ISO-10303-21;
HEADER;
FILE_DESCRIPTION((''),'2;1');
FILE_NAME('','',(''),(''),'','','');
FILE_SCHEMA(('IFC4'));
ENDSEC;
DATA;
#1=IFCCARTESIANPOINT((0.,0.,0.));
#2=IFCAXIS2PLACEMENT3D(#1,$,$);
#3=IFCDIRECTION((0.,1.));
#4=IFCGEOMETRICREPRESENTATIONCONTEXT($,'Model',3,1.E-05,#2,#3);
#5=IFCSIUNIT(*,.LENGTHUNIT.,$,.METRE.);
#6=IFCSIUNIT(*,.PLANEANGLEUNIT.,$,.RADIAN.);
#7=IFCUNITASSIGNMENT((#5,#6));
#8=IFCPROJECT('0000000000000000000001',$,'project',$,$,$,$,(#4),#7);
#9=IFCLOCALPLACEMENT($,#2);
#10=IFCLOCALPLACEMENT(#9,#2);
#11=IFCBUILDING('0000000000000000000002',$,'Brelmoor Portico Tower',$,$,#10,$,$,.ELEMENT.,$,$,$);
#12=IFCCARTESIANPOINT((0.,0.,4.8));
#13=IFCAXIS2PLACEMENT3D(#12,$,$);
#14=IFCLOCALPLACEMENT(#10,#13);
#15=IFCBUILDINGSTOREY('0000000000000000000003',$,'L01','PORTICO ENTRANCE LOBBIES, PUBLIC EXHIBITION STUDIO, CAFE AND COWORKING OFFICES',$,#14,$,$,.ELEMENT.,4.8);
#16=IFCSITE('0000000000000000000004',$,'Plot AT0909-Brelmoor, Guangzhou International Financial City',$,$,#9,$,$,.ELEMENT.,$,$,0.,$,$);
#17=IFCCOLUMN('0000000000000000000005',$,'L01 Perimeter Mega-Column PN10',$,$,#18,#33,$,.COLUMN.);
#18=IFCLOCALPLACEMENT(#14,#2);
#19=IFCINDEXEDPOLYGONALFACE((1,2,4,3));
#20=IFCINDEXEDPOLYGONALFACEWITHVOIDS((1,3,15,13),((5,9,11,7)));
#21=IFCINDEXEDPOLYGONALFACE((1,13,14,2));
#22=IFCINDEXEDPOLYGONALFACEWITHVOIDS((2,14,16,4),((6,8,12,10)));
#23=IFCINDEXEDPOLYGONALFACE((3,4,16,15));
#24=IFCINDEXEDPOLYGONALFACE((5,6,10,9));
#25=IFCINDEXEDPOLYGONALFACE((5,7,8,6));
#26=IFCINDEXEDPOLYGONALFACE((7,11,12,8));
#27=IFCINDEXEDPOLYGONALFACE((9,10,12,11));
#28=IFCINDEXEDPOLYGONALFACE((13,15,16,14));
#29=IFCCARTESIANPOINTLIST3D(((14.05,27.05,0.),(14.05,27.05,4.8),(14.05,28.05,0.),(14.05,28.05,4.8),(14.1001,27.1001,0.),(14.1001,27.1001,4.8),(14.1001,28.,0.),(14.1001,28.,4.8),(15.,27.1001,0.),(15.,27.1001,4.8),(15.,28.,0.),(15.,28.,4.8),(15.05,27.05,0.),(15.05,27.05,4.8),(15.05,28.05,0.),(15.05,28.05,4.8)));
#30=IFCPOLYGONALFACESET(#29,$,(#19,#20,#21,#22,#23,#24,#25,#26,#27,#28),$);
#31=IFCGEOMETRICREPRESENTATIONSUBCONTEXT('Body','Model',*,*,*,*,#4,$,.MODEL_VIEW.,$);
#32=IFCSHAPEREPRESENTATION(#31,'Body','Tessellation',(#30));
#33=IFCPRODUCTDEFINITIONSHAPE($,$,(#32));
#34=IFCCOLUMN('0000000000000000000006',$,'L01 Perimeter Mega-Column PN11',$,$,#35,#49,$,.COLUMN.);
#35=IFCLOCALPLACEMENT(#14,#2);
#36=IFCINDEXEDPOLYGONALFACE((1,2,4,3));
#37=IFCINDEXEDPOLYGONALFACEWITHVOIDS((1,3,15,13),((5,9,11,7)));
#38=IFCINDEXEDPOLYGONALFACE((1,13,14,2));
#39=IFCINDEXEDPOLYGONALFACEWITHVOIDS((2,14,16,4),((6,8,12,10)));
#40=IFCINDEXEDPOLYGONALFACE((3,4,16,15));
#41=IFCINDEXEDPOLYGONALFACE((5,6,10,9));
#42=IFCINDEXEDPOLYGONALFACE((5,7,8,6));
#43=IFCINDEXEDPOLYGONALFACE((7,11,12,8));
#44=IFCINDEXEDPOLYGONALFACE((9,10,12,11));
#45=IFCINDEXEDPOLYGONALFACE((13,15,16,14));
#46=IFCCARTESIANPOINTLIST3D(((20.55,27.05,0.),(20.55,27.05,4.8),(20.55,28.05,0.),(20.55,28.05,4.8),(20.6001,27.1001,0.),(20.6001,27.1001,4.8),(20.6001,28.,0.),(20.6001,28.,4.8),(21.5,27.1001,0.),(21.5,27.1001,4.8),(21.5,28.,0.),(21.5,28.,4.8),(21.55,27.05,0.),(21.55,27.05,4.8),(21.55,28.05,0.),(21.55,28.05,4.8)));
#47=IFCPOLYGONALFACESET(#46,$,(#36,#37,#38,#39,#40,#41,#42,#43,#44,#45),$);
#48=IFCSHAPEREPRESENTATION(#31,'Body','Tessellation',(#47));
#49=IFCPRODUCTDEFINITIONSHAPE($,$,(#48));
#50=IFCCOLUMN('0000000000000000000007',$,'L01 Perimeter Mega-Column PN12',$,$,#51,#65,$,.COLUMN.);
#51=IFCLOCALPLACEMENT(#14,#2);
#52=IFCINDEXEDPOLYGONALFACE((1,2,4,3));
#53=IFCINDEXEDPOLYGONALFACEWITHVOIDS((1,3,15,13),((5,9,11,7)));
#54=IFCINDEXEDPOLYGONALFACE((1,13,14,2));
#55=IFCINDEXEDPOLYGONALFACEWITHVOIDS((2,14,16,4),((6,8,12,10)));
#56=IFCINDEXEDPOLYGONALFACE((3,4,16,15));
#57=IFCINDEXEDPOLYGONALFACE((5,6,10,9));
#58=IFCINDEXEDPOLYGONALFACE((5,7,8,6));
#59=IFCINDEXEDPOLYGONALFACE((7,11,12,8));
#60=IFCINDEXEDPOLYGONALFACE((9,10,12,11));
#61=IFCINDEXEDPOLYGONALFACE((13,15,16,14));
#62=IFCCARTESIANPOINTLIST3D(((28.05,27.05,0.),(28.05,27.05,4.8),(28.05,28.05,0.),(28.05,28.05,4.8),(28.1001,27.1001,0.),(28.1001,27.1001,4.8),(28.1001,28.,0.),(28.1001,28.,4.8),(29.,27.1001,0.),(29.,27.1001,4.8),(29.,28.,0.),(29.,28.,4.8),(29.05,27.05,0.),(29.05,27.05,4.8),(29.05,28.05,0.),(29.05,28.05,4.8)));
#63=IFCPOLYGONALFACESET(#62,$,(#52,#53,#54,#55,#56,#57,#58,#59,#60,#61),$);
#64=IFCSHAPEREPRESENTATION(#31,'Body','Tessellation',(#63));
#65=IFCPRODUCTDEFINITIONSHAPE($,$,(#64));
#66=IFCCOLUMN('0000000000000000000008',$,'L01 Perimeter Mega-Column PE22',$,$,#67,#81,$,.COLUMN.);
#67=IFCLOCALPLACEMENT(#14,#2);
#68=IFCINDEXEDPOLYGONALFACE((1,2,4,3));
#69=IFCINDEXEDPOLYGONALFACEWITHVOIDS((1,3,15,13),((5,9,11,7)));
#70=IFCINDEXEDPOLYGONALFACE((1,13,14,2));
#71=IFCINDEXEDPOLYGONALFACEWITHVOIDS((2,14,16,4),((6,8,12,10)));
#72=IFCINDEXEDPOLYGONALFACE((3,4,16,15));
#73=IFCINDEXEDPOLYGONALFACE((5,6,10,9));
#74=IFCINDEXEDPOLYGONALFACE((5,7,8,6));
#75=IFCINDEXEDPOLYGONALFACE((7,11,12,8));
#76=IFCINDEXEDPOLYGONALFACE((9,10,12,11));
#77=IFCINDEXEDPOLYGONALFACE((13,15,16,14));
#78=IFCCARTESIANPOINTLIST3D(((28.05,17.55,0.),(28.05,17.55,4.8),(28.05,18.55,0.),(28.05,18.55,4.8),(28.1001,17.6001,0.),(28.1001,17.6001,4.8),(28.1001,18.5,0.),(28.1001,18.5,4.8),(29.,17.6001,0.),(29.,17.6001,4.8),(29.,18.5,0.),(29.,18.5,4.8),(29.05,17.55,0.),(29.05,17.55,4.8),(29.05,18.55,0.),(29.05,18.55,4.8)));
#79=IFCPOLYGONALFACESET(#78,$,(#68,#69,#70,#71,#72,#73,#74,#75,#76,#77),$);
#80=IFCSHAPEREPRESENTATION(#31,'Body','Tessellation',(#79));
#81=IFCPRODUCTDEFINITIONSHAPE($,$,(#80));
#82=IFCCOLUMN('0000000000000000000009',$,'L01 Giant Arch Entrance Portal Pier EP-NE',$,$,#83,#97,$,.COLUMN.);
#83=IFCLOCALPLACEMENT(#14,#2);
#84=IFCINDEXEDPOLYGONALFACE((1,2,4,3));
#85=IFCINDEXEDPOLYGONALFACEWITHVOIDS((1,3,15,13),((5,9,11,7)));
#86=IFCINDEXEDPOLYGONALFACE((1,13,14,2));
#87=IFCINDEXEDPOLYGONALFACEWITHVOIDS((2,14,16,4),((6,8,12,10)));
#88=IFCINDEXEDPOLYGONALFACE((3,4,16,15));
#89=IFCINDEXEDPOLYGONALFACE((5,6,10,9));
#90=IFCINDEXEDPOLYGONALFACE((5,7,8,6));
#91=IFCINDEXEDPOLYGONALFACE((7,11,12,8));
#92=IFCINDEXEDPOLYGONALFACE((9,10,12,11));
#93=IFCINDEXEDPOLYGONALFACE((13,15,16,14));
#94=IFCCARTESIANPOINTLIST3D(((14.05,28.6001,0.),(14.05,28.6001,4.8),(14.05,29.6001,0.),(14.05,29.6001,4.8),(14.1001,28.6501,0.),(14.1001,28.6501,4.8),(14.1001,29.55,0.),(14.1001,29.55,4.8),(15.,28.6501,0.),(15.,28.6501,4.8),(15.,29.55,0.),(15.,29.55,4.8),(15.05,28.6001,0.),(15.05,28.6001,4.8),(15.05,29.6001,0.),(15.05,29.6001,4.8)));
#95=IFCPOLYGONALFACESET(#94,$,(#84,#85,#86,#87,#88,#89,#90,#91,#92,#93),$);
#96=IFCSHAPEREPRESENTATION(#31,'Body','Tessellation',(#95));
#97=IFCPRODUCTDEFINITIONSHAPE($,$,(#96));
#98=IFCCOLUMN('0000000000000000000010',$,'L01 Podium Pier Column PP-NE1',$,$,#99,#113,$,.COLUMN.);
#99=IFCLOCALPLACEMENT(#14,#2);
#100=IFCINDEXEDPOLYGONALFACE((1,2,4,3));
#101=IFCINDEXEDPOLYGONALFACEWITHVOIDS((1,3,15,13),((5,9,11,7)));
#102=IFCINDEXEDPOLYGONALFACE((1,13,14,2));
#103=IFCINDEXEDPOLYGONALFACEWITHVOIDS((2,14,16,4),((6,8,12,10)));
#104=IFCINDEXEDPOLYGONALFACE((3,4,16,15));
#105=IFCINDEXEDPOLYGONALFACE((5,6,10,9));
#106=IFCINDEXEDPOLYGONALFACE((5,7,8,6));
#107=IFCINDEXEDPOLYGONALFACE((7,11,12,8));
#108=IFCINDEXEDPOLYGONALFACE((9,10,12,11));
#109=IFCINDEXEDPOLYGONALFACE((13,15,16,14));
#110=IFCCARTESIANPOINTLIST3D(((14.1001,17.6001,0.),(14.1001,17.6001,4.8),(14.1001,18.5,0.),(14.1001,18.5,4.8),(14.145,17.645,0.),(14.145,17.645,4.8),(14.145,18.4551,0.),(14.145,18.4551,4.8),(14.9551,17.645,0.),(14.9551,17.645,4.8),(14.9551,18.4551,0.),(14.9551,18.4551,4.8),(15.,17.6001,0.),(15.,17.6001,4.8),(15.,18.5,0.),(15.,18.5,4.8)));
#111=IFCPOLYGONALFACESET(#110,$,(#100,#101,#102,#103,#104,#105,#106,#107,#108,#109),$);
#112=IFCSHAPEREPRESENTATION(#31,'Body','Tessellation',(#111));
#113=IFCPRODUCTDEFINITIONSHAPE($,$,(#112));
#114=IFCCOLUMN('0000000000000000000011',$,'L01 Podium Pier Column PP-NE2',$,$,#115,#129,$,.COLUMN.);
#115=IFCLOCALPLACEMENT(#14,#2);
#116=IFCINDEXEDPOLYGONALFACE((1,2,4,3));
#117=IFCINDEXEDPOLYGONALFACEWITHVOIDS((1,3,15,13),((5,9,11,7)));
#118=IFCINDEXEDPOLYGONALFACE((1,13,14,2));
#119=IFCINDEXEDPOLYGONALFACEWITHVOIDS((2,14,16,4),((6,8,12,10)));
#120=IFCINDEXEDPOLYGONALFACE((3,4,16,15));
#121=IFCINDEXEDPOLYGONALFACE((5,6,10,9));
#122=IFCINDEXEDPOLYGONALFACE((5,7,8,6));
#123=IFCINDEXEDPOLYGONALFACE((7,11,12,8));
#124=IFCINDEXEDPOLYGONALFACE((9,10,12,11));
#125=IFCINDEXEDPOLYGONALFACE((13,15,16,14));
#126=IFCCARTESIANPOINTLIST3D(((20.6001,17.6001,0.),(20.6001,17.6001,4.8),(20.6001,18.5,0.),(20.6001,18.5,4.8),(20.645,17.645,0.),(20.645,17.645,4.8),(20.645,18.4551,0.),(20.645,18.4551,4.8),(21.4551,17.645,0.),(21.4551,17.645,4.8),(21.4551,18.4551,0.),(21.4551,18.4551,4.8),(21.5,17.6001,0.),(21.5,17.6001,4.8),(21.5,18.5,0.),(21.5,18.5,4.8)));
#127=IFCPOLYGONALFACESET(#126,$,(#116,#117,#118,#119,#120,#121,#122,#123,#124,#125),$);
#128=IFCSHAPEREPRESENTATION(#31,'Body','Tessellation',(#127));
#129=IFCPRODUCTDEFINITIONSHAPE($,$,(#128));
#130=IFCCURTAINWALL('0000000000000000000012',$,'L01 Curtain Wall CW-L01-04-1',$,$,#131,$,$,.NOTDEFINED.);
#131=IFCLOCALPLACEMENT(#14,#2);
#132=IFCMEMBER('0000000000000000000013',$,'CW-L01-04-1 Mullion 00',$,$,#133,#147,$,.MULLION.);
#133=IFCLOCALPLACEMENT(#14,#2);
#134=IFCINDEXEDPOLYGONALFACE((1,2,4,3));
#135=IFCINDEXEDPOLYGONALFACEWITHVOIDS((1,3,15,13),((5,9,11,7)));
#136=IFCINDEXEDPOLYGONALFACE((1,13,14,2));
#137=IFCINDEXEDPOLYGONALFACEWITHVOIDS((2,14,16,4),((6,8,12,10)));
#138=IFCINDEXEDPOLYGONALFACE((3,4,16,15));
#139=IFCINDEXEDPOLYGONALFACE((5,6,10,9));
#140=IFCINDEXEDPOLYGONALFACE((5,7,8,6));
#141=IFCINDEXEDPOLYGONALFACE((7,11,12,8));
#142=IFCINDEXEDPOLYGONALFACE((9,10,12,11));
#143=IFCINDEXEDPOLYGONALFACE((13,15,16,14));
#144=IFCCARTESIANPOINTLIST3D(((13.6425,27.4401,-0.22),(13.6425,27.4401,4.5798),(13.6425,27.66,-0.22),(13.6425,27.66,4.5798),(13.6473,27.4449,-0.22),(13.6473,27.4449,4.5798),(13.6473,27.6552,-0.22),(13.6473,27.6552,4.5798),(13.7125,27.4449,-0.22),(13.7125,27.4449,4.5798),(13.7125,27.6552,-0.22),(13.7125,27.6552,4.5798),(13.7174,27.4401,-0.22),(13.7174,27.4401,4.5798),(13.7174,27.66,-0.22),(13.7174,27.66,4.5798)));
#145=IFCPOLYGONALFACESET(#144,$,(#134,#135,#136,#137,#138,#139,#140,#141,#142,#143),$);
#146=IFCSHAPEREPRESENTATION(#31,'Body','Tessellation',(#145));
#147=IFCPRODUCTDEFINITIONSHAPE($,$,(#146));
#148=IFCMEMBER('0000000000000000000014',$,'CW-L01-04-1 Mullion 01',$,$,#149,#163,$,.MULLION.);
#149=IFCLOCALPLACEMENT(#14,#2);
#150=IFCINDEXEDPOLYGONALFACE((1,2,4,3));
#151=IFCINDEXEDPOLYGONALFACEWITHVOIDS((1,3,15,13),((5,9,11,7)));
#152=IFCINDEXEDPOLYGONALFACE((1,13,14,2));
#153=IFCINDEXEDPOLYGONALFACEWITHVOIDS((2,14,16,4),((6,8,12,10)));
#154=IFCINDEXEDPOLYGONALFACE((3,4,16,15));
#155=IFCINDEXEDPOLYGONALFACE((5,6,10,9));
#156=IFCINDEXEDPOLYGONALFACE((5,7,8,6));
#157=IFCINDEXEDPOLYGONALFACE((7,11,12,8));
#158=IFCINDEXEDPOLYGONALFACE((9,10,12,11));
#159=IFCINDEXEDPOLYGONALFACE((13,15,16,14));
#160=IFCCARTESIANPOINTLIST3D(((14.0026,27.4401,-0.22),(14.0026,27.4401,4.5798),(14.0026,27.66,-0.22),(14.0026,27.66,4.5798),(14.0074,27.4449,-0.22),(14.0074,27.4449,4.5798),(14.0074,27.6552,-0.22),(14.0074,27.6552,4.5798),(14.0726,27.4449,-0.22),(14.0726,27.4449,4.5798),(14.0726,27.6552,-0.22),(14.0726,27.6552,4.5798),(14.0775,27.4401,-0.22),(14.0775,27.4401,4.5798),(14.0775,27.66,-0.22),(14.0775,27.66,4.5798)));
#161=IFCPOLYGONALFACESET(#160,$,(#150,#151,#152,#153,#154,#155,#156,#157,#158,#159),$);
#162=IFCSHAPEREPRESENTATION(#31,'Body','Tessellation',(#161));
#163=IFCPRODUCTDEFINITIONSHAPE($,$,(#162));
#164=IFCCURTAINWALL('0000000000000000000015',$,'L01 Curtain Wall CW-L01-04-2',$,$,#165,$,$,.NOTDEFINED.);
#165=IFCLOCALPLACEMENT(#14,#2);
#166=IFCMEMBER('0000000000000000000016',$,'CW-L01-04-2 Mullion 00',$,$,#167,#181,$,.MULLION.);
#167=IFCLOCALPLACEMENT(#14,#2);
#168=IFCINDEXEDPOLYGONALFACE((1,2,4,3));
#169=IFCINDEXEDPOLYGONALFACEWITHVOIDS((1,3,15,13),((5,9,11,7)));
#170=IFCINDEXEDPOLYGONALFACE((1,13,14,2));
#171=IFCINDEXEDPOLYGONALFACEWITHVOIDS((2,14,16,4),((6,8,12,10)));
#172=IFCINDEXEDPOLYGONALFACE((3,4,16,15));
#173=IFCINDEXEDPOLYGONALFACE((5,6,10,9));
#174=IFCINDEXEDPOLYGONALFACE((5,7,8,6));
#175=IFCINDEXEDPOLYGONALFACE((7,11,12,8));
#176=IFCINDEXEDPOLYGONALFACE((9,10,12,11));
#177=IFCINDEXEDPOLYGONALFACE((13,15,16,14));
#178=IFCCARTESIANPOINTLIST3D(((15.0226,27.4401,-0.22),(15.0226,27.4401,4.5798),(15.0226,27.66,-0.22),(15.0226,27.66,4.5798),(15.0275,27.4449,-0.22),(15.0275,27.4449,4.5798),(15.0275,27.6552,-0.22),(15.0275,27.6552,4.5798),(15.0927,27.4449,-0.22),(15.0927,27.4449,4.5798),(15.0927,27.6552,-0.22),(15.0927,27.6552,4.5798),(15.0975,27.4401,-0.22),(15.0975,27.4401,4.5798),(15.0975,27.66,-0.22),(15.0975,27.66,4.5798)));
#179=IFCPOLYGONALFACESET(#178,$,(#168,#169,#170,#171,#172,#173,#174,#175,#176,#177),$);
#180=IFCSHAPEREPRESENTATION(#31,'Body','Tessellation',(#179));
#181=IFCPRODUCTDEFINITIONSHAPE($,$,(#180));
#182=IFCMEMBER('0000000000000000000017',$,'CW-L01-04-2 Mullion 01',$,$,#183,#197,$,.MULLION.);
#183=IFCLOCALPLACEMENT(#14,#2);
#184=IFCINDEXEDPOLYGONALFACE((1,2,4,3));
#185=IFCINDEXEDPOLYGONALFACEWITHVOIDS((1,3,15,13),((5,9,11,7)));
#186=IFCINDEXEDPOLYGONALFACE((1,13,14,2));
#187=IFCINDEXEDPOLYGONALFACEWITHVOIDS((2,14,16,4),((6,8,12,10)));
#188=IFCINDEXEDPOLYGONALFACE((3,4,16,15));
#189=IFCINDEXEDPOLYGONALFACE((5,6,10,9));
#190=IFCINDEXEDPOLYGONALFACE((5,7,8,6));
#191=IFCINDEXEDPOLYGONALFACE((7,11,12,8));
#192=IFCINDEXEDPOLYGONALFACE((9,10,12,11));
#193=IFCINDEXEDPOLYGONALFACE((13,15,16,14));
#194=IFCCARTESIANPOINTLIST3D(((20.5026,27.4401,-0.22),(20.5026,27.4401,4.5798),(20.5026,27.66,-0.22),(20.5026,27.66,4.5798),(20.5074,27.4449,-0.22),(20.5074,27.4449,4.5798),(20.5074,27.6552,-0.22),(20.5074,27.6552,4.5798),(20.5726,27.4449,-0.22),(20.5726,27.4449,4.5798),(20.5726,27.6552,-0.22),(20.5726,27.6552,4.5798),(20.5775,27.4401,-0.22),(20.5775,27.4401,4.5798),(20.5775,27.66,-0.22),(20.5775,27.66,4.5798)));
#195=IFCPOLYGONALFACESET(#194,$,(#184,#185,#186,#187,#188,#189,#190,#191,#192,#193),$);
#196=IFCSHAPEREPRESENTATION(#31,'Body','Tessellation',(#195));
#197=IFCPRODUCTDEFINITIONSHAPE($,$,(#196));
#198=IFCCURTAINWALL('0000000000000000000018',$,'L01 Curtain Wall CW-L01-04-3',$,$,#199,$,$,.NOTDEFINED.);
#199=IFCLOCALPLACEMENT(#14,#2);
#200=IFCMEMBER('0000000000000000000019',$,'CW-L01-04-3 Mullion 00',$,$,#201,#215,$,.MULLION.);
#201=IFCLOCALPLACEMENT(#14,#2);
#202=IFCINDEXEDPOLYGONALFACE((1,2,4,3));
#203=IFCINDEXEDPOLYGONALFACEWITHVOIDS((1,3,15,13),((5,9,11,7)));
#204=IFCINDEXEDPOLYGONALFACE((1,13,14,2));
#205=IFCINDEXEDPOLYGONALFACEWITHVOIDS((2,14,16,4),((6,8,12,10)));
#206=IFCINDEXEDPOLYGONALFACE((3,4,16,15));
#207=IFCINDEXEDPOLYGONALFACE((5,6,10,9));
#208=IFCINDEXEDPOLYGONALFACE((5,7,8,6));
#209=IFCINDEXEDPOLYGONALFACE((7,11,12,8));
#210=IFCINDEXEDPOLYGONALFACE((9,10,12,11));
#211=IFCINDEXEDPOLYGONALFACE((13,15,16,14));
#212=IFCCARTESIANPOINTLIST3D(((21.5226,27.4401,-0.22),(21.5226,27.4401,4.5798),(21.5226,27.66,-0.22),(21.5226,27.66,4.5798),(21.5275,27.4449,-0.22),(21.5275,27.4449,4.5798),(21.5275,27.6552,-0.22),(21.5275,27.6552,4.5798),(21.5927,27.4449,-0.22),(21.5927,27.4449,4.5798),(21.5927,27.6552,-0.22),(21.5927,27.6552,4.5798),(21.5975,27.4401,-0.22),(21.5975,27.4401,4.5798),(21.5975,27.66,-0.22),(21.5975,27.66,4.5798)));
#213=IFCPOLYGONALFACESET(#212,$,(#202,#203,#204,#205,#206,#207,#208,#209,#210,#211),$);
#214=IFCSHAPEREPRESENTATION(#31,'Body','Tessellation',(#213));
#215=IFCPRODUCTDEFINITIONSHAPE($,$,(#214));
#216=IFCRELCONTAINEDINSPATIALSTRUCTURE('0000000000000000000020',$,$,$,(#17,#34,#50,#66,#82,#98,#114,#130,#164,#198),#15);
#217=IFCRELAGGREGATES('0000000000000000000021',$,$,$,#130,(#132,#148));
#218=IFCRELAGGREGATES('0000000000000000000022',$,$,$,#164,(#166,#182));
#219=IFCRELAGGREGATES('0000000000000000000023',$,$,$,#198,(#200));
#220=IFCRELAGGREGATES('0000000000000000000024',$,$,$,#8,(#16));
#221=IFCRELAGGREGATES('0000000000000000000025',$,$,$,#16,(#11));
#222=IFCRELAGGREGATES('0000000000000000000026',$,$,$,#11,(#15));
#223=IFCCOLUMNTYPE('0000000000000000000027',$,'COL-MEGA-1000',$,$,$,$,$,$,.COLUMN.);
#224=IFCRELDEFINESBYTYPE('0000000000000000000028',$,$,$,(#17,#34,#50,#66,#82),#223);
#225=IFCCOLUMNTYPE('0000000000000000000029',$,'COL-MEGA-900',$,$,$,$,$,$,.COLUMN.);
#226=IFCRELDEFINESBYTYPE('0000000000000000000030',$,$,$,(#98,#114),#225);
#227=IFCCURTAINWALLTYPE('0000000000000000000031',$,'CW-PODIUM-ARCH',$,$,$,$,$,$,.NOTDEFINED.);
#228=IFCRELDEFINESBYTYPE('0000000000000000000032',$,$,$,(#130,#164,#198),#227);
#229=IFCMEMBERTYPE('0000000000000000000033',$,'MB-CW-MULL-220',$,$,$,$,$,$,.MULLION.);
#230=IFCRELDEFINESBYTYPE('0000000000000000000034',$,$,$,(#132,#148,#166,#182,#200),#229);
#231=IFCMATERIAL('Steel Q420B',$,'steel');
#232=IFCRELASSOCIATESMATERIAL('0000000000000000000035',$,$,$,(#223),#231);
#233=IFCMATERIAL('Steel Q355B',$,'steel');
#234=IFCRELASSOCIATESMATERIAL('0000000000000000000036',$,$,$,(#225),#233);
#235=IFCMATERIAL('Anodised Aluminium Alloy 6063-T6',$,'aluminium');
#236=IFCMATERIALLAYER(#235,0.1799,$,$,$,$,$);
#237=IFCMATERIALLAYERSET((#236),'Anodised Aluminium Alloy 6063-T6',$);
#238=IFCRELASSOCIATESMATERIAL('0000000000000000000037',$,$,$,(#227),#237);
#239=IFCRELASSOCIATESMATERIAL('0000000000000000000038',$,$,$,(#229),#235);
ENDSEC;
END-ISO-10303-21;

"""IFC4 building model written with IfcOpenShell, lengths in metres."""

from ifc_helpers import new_model, si_unit, direction, frame, origin, origin_2d, place, context, subcontext, project, spatial, hollow_rectangle, extrude, material, layer, layer_set, material_profile, profile_set, type_object, element, aggregate, save


model = new_model("IFC4")

# Units and contexts
model_context = context("Model", 3, precision=1e-05, world=origin(), true_north=direction((0.0, 1.0)))
body_context = subcontext(model_context, "Body", "Model", "MODEL_VIEW")
ifc_project = project(units=[si_unit("LENGTHUNIT", "METRE"), si_unit("PLANEANGLEUNIT", "RADIAN")], contexts=[model_context])

# Site, building, storey
site_placement = place(None, origin())
site = spatial("IfcSite", under=ifc_project, at=site_placement, Name="Plot AT0909-Brelmoor, Guangzhou International Financial City", CompositionType="ELEMENT", RefElevation=0.0)
building_placement = place(site_placement, origin())
building = spatial("IfcBuilding", under=site, at=building_placement, Name="Brelmoor Portico Tower", CompositionType="ELEMENT")
storey_placement = place(building_placement, frame((0.0, 0.0, 4.8)))
storey = spatial("IfcBuildingStorey", under=building, at=storey_placement, Name="L01", Description="PORTICO ENTRANCE LOBBIES, PUBLIC EXHIBITION STUDIO, CAFE AND COWORKING OFFICES", CompositionType="ELEMENT", Elevation=4.8)

# Columns
ifc_material_1 = material(Name="Steel Q420B", Category="steel")
ifc_material_profile_1 = material_profile(ifc_material_1, hollow_rectangle(XDim=1.0, YDim=1.0, WallThickness=0.05, at=origin_2d()), Name="BOX 1000x1000x50")
ifc_profile_set_1 = profile_set([ifc_material_profile_1], Name="Steel Q420B")
column_type_1 = type_object("IfcColumnType", Name="COL-MEGA-1000", PredefinedType="COLUMN", material=ifc_profile_set_1)
for number, where, z_axis, x_axis, name in (
    (1, (14.55, 27.55, 0.0), (0.0, 0.0, 1.0), (1.0, 0.0, 0.0), "L01 Perimeter Mega-Column PN10"),
    (2, (21.05, 27.55, 0.0), (0.0, 0.0, 1.0), (1.0, 0.0, 0.0), "L01 Perimeter Mega-Column PN11"),
    (3, (28.55, 27.55, 0.0), (0.0, 0.0, 1.0), (1.0, 0.0, 0.0), "L01 Perimeter Mega-Column PN12"),
    (4, (28.55, 18.05, 0.0), (0.0, 0.0, 1.0), (0.0, 1.0, 0.0), "L01 Perimeter Mega-Column PE22"),
    (5, (14.55, 29.1001, 0.0), (0.0, 0.0, 1.0), (1.0, 0.0, 0.0), "L01 Giant Arch Entrance Portal Pier EP-NE"),
):
    element("IfcColumn", number, at=place(storey_placement, frame(where, z_axis=z_axis, x_axis=x_axis)), inside=storey, type_object=column_type_1, Name=name, PredefinedType="COLUMN", context=body_context, shape_type="SweptSolid", body=[
        extrude(hollow_rectangle(XDim=1.0, YDim=1.0, WallThickness=0.05, at=origin_2d()), origin(), (0.0, 0.0, 1.0), 4.8),
    ])
ifc_material_2 = material(Name="Steel Q355B", Category="steel")
ifc_material_profile_2 = material_profile(ifc_material_2, hollow_rectangle(XDim=0.8999, YDim=0.8999, WallThickness=0.0449, at=origin_2d()), Name="BOX 900x900x45")
ifc_profile_set_2 = profile_set([ifc_material_profile_2], Name="Steel Q355B")
column_type_2 = type_object("IfcColumnType", Name="COL-MEGA-900", PredefinedType="COLUMN", material=ifc_profile_set_2)
for number, where, z_axis, x_axis, name in (
    (6, (14.55, 18.05, 0.0), (0.0, 0.0, 1.0), (1.0, 0.0, 0.0), "L01 Podium Pier Column PP-NE1"),
    (7, (21.05, 18.05, 0.0), (0.0, 0.0, 1.0), (1.0, 0.0, 0.0), "L01 Podium Pier Column PP-NE2"),
):
    element("IfcColumn", number, at=place(storey_placement, frame(where, z_axis=z_axis, x_axis=x_axis)), inside=storey, type_object=column_type_2, Name=name, PredefinedType="COLUMN", context=body_context, shape_type="SweptSolid", body=[
        extrude(hollow_rectangle(XDim=0.8999, YDim=0.8999, WallThickness=0.0449, at=origin_2d()), origin(), (0.0, 0.0, 1.0), 4.8),
    ])

# Curtain walls, members
ifc_material_3 = material(Name="Anodised Aluminium Alloy 6063-T6", Category="aluminium")
ifc_layer_1 = layer(ifc_material_3, 0.1799)
ifc_layer_set_1 = layer_set([ifc_layer_1], Name="Anodised Aluminium Alloy 6063-T6")
curtain_wall_type = type_object("IfcCurtainWallType", Name="CW-PODIUM-ARCH", PredefinedType="NOTDEFINED", material=ifc_layer_set_1)
curtain_wall_1_placement = place(storey_placement, origin())
curtain_wall_1 = element("IfcCurtainWall", 8, at=curtain_wall_1_placement, inside=storey, type_object=curtain_wall_type, Name="L01 Curtain Wall CW-L01-04-1", PredefinedType="NOTDEFINED")
ifc_material_profile_3 = material_profile(ifc_material_3, hollow_rectangle(XDim=0.075, YDim=0.22, WallThickness=0.0049, at=origin_2d()), Name="ALU MULLION 75x220")
ifc_profile_set_3 = profile_set([ifc_material_profile_3], Name="Anodised Aluminium Alloy 6063-T6")
member_type = type_object("IfcMemberType", Name="MB-CW-MULL-220", PredefinedType="MULLION", material=ifc_profile_set_3)
member_1_placement = place(storey_placement, frame((13.6799, 27.55, -0.22), z_axis=(0.0, 0.0, 1.0), x_axis=(1.0, 0.0, 0.0)))
member_1 = element("IfcMember", 9, at=member_1_placement, type_object=member_type, Name="CW-L01-04-1 Mullion 00", PredefinedType="MULLION", context=body_context, shape_type="SweptSolid", body=[
    extrude(hollow_rectangle(XDim=0.075, YDim=0.22, WallThickness=0.0049, at=origin_2d()), origin(), (0.0, 0.0, 1.0), 4.7998),
])
member_2_placement = place(storey_placement, frame((14.04, 27.55, -0.22), z_axis=(0.0, 0.0, 1.0), x_axis=(1.0, 0.0, 0.0)))
member_2 = element("IfcMember", 10, at=member_2_placement, type_object=member_type, Name="CW-L01-04-1 Mullion 01", PredefinedType="MULLION", context=body_context, shape_type="SweptSolid", body=[
    extrude(hollow_rectangle(XDim=0.075, YDim=0.22, WallThickness=0.0049, at=origin_2d()), origin(), (0.0, 0.0, 1.0), 4.7998),
])
curtain_wall_2_placement = place(storey_placement, origin())
curtain_wall_2 = element("IfcCurtainWall", 11, at=curtain_wall_2_placement, inside=storey, type_object=curtain_wall_type, Name="L01 Curtain Wall CW-L01-04-2", PredefinedType="NOTDEFINED")
member_3_placement = place(storey_placement, frame((15.0601, 27.55, -0.22), z_axis=(0.0, 0.0, 1.0), x_axis=(1.0, 0.0, 0.0)))
member_3 = element("IfcMember", 12, at=member_3_placement, type_object=member_type, Name="CW-L01-04-2 Mullion 00", PredefinedType="MULLION", context=body_context, shape_type="SweptSolid", body=[
    extrude(hollow_rectangle(XDim=0.075, YDim=0.22, WallThickness=0.0049, at=origin_2d()), origin(), (0.0, 0.0, 1.0), 4.7998),
])
member_4_placement = place(storey_placement, frame((20.54, 27.55, -0.22), z_axis=(0.0, 0.0, 1.0), x_axis=(1.0, 0.0, 0.0)))
member_4 = element("IfcMember", 13, at=member_4_placement, type_object=member_type, Name="CW-L01-04-2 Mullion 01", PredefinedType="MULLION", context=body_context, shape_type="SweptSolid", body=[
    extrude(hollow_rectangle(XDim=0.075, YDim=0.22, WallThickness=0.0049, at=origin_2d()), origin(), (0.0, 0.0, 1.0), 4.7998),
])
curtain_wall_3_placement = place(storey_placement, origin())
curtain_wall_3 = element("IfcCurtainWall", 14, at=curtain_wall_3_placement, inside=storey, type_object=curtain_wall_type, Name="L01 Curtain Wall CW-L01-04-3", PredefinedType="NOTDEFINED")
member_5_placement = place(storey_placement, frame((21.5601, 27.55, -0.22), z_axis=(0.0, 0.0, 1.0), x_axis=(1.0, 0.0, 0.0)))
member_5 = element("IfcMember", 15, at=member_5_placement, type_object=member_type, Name="CW-L01-04-3 Mullion 00", PredefinedType="MULLION", context=body_context, shape_type="SweptSolid", body=[
    extrude(hollow_rectangle(XDim=0.075, YDim=0.22, WallThickness=0.0049, at=origin_2d()), origin(), (0.0, 0.0, 1.0), 4.7998),
])

aggregate(curtain_wall_1, [member_1, member_2])
aggregate(curtain_wall_2, [member_3, member_4])
aggregate(curtain_wall_3, [member_5])

save(model, "model.ifc")
